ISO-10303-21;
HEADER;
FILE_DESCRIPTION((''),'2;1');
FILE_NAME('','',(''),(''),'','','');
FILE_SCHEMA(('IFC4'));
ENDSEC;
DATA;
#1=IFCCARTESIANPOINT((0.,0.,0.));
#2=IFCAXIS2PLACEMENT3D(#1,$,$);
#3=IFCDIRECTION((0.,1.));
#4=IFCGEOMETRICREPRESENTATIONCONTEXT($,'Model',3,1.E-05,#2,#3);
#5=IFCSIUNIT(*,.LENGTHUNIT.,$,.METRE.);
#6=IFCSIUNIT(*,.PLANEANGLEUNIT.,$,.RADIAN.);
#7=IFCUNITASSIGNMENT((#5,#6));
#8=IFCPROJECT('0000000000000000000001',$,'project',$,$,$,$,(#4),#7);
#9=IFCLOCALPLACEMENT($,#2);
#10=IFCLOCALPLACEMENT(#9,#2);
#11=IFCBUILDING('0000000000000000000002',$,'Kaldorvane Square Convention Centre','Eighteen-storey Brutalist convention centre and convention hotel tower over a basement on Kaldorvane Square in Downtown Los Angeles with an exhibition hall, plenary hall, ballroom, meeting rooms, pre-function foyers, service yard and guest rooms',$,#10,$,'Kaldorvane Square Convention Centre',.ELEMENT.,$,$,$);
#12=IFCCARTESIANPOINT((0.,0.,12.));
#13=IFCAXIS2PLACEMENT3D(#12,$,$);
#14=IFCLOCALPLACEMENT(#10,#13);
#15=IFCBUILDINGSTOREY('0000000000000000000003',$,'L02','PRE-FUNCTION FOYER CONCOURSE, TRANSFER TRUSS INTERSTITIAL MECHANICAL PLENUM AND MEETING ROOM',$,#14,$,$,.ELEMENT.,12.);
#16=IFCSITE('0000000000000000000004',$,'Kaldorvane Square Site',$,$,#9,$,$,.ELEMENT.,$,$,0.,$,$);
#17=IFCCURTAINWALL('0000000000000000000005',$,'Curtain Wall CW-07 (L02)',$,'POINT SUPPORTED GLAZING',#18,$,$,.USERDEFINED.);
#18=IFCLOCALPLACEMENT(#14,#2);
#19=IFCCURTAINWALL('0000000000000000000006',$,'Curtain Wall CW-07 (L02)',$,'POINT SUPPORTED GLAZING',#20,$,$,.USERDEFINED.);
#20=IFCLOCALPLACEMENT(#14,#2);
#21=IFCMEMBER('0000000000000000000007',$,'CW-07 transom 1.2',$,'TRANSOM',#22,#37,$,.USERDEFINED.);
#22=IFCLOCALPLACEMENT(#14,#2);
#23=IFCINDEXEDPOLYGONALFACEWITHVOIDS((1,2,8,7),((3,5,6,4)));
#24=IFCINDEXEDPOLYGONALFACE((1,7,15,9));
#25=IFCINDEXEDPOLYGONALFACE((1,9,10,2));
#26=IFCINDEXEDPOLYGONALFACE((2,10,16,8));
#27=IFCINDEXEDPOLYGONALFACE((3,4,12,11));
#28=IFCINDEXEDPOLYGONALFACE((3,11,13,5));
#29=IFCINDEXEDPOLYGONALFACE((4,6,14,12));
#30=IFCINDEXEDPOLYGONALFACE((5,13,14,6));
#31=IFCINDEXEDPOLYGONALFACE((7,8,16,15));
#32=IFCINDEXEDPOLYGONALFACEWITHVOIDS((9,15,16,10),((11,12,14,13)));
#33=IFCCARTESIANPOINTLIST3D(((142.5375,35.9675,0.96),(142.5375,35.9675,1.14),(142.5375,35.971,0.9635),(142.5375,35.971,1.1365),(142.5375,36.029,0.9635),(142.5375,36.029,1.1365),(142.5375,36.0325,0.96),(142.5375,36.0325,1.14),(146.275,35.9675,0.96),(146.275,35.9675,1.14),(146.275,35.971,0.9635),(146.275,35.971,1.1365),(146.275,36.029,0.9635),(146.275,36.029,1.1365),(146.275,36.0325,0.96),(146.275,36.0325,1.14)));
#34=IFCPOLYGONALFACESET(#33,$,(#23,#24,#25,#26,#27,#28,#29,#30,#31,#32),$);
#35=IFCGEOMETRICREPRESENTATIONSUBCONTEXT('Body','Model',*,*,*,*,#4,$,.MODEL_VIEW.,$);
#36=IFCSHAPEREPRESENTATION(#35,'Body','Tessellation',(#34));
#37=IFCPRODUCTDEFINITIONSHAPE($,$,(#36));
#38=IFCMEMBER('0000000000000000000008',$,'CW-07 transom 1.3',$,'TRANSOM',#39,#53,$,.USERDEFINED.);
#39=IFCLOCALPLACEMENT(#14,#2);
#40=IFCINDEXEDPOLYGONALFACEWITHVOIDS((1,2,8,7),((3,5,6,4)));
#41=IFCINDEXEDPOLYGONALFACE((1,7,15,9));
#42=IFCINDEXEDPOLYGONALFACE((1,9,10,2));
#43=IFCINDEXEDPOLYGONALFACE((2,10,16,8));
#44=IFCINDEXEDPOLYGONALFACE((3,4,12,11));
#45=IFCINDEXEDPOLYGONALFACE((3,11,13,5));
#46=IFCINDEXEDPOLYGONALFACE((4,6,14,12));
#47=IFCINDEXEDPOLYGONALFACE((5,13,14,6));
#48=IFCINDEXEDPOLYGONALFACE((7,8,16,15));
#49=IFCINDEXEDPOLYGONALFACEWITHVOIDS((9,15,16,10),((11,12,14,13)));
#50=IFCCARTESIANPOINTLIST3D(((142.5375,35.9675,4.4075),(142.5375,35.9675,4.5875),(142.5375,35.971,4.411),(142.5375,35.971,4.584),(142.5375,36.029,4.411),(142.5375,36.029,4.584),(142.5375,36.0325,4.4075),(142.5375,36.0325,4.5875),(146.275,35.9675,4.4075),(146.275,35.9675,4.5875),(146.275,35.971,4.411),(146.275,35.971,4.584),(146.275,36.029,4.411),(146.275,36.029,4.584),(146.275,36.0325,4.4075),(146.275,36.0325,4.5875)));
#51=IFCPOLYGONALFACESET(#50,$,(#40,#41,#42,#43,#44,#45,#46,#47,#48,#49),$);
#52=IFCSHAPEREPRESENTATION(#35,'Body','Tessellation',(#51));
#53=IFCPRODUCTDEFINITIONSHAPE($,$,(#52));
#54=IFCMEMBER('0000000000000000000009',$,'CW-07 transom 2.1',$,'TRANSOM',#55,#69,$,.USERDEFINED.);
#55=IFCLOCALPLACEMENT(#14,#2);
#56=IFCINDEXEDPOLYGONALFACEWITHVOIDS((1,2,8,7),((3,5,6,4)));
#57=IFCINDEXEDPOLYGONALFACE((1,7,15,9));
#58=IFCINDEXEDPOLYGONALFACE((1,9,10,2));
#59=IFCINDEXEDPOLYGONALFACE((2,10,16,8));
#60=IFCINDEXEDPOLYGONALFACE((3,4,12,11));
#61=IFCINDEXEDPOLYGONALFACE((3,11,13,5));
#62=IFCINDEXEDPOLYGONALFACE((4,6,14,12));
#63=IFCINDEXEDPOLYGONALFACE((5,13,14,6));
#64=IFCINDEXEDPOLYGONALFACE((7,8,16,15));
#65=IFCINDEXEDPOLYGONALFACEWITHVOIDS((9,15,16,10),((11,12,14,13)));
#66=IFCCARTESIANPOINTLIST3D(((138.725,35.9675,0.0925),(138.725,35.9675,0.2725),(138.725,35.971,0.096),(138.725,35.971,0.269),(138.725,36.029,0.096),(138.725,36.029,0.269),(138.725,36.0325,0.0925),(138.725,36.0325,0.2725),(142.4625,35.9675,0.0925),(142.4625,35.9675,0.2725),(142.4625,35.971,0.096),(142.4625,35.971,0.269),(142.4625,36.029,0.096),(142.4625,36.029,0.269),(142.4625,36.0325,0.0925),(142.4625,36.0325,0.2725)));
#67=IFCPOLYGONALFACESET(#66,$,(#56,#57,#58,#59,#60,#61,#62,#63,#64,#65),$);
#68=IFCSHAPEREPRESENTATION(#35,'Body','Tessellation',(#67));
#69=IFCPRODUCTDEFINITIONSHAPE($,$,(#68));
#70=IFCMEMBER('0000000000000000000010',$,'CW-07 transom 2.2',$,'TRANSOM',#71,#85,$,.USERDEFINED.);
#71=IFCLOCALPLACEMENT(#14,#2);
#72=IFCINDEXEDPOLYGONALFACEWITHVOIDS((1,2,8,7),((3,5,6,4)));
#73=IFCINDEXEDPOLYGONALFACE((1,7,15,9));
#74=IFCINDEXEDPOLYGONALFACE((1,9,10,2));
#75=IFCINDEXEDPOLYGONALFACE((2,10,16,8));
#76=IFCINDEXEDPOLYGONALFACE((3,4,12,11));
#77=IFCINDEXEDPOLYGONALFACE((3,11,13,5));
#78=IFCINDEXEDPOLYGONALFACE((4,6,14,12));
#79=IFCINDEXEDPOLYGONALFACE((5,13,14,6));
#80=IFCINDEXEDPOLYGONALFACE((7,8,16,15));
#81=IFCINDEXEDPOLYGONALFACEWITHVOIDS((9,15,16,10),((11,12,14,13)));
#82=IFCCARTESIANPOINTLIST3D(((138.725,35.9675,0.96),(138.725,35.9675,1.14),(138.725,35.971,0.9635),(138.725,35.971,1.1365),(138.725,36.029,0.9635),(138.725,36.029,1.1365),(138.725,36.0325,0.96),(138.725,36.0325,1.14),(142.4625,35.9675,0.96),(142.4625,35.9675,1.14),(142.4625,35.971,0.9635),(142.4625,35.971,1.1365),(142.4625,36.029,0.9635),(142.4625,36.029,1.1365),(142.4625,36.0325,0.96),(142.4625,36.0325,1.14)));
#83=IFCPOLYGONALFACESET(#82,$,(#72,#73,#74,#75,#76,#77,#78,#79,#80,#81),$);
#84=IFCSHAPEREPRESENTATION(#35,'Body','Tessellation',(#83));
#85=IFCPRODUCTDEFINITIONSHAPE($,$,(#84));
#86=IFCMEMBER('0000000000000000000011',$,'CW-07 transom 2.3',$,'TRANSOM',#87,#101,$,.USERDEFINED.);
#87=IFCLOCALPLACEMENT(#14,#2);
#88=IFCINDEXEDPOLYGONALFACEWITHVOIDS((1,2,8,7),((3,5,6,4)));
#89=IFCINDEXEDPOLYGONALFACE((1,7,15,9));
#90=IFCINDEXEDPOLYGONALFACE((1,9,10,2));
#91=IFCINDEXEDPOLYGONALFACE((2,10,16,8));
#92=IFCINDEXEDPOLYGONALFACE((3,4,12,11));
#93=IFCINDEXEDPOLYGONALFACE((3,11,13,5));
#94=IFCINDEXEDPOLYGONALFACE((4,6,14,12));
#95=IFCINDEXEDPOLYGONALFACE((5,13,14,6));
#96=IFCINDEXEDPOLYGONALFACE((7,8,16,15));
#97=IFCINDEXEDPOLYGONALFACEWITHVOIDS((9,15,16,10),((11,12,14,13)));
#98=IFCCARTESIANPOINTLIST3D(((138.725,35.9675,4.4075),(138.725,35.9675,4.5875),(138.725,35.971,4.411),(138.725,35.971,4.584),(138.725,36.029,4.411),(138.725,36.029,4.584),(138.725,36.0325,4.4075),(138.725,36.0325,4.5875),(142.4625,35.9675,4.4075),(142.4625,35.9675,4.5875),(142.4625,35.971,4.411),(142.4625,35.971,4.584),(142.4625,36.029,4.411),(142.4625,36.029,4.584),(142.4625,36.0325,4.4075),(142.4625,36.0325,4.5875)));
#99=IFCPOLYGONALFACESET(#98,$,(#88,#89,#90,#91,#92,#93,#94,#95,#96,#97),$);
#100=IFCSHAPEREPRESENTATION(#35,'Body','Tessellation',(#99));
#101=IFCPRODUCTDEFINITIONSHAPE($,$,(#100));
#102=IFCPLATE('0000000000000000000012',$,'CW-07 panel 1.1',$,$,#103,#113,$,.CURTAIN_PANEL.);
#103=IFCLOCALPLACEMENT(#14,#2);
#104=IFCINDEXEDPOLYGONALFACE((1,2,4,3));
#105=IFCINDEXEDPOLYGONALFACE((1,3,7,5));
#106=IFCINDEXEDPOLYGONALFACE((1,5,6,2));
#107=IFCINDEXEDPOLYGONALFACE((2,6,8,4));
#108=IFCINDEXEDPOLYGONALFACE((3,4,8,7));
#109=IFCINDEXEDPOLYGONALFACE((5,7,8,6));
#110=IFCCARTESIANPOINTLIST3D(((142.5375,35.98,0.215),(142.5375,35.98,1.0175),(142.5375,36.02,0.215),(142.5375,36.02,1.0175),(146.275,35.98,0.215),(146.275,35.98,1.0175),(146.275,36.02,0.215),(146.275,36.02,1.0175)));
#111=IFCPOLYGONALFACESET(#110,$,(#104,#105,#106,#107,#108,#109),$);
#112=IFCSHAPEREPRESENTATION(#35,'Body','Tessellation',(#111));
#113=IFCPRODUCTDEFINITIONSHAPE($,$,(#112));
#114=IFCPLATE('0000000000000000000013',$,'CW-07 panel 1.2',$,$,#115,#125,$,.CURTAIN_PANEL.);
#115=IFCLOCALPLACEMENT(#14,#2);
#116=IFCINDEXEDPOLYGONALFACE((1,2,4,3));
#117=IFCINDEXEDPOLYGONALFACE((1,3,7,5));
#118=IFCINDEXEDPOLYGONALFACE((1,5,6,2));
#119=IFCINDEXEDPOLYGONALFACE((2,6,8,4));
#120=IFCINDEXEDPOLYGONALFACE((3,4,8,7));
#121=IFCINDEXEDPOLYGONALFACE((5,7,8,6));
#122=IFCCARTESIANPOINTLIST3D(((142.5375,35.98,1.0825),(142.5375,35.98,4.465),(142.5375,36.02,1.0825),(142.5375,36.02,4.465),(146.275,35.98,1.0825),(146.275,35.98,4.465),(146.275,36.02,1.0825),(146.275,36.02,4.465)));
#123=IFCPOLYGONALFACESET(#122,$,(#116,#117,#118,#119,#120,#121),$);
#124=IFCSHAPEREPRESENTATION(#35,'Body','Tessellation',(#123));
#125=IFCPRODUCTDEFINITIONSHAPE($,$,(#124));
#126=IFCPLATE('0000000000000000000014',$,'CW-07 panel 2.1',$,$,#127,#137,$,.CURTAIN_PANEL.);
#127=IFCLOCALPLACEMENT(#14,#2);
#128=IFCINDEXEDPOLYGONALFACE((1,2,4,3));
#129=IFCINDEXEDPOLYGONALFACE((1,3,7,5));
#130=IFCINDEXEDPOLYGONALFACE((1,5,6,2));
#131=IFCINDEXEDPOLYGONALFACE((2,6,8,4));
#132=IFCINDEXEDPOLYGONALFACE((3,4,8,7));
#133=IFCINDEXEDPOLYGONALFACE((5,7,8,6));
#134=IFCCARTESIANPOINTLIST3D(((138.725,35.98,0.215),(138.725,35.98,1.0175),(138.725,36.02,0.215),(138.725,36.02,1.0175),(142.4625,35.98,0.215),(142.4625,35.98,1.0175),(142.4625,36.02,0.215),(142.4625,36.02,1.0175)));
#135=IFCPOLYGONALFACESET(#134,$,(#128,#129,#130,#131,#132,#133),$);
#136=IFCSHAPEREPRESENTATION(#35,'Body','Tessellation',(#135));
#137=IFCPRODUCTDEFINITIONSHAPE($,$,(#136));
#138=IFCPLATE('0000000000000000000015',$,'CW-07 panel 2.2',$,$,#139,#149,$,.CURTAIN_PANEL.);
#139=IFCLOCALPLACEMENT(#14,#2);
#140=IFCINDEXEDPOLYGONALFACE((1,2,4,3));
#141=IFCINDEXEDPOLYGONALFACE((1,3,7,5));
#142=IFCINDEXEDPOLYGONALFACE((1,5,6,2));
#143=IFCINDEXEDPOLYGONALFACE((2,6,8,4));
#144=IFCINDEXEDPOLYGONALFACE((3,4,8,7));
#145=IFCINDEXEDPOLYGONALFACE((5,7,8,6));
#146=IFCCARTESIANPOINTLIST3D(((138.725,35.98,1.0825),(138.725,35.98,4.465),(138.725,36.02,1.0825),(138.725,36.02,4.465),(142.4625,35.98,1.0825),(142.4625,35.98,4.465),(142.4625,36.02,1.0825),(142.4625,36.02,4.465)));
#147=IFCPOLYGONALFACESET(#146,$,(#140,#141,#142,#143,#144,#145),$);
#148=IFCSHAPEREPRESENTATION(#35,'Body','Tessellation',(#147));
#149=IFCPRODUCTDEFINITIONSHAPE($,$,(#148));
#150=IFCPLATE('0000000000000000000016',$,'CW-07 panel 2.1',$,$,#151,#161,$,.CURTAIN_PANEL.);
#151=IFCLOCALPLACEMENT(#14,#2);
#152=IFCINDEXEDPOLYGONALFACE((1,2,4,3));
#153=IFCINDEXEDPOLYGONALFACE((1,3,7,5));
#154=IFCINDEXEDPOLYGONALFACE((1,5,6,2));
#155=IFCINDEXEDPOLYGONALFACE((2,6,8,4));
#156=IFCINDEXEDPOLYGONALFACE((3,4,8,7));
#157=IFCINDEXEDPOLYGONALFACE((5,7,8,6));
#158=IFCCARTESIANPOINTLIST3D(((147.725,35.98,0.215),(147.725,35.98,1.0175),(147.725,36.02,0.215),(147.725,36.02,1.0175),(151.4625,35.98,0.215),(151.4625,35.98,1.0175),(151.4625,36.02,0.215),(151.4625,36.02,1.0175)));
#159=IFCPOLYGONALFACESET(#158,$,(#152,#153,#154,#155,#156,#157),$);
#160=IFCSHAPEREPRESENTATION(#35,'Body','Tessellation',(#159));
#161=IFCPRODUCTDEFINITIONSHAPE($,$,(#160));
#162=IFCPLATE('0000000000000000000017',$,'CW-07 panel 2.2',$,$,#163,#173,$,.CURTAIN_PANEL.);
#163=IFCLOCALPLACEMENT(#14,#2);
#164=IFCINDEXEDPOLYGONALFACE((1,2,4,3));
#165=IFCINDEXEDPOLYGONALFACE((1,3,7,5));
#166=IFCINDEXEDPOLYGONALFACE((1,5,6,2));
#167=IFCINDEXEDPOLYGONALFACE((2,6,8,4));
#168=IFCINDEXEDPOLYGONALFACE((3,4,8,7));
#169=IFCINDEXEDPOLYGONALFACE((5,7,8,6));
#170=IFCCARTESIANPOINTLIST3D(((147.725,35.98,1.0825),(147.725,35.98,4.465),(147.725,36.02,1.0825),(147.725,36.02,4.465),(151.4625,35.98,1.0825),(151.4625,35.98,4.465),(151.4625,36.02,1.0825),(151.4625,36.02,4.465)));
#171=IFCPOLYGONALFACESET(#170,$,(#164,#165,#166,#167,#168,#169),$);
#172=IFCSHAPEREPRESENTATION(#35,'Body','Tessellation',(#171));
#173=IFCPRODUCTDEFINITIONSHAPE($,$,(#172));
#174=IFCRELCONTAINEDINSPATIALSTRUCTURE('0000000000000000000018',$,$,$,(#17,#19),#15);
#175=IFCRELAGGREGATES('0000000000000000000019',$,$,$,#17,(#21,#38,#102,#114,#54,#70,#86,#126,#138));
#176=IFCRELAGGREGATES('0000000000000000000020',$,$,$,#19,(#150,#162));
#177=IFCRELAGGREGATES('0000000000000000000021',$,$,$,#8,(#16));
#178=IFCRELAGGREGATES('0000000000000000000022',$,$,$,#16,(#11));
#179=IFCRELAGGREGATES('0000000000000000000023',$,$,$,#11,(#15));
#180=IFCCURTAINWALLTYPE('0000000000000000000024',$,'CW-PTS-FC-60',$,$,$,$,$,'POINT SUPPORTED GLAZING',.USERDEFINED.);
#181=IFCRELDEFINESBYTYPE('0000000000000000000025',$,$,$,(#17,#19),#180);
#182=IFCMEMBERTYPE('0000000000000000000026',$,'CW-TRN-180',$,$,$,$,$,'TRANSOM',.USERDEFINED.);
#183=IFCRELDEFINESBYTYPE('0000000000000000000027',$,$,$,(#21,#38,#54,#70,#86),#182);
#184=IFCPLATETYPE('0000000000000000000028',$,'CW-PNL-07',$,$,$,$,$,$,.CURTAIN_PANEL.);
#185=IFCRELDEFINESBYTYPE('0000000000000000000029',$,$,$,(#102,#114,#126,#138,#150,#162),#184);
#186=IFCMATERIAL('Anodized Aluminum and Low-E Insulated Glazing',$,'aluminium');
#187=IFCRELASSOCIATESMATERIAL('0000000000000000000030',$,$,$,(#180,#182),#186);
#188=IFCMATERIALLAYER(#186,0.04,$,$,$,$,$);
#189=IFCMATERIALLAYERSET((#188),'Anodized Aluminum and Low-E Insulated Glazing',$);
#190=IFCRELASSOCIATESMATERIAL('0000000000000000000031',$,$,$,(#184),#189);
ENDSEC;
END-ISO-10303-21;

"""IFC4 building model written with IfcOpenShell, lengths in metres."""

from ifc_helpers import new_model, si_unit, direction, frame, origin, origin_2d, place, context, subcontext, project, spatial, rectangle, hollow_rectangle, extrude, material, layer, layer_set, material_profile, profile_set, type_object, element, aggregate, save


model = new_model("IFC4")

# Units and contexts
model_context = context("Model", 3, precision=1e-05, world=origin(), true_north=direction((0.0, 1.0)))
body_context = subcontext(model_context, "Body", "Model", "MODEL_VIEW")
ifc_project = project(units=[si_unit("LENGTHUNIT", "METRE"), si_unit("PLANEANGLEUNIT", "RADIAN")], contexts=[model_context])

# Site, building, storey
site_placement = place(None, origin())
site = spatial("IfcSite", under=ifc_project, at=site_placement, Name="Kaldorvane Square Site", CompositionType="ELEMENT", RefElevation=0.0)
building_placement = place(site_placement, origin())
building = spatial("IfcBuilding", under=site, at=building_placement, Name="Kaldorvane Square Convention Centre", Description="Eighteen-storey Brutalist convention centre and convention hotel tower over a basement on Kaldorvane Square in Downtown Los Angeles with an exhibition hall, plenary hall, ballroom, meeting rooms, pre-function foyers, service yard and guest rooms", LongName="Kaldorvane Square Convention Centre", CompositionType="ELEMENT")
storey_placement = place(building_placement, frame((0.0, 0.0, 12.0)))
storey = spatial("IfcBuildingStorey", under=building, at=storey_placement, Name="L02", Description="PRE-FUNCTION FOYER CONCOURSE, TRANSFER TRUSS INTERSTITIAL MECHANICAL PLENUM AND MEETING ROOM", CompositionType="ELEMENT", Elevation=12.0)

# Curtain wall
ifc_material_1 = material(Name="Anodized Aluminum and Low-E Insulated Glazing", Category="aluminium")
curtain_wall_type = type_object("IfcCurtainWallType", Name="CW-PTS-FC-60", ElementType="POINT SUPPORTED GLAZING", PredefinedType="USERDEFINED", material=ifc_material_1)
curtain_wall_1_placement = place(storey_placement, origin())
curtain_wall_1 = element("IfcCurtainWall", 1, at=curtain_wall_1_placement, inside=storey, type_object=curtain_wall_type, Name="Curtain Wall CW-07 (L02)", ObjectType="POINT SUPPORTED GLAZING", PredefinedType="USERDEFINED")

# Curtain wall
curtain_wall_2_placement = place(storey_placement, origin())
curtain_wall_2 = element("IfcCurtainWall", 2, at=curtain_wall_2_placement, inside=storey, type_object=curtain_wall_type, Name="Curtain Wall CW-07 (L02)", ObjectType="POINT SUPPORTED GLAZING", PredefinedType="USERDEFINED")

# Members
ifc_material_profile_1 = material_profile(ifc_material_1, hollow_rectangle(XDim=0.065, YDim=0.18, WallThickness=0.0035, at=origin_2d()), Name="CWT-180X65")
ifc_profile_set_1 = profile_set([ifc_material_profile_1], Name="Anodized Aluminum and Low-E Insulated Glazing")
member_type_1 = type_object("IfcMemberType", Name="CW-TRN-180", ElementType="TRANSOM", PredefinedType="USERDEFINED", material=ifc_profile_set_1)
member_1_placement = place(storey_placement, frame((146.275, 36.0, 1.05), z_axis=(-1.0, 0.0, 0.0), x_axis=(0.0, -1.0, 0.0)))
member_1 = element("IfcMember", 3, at=member_1_placement, type_object=member_type_1, Name="CW-07 transom 1.2", ObjectType="TRANSOM", PredefinedType="USERDEFINED", context=body_context, shape_type="SweptSolid", body=[
    extrude(hollow_rectangle(XDim=0.065, YDim=0.18, WallThickness=0.0035, at=origin_2d()), origin(), (0.0, 0.0, 1.0), 3.7375),
])
member_2_placement = place(storey_placement, frame((146.275, 36.0, 4.4975), z_axis=(-1.0, 0.0, 0.0), x_axis=(0.0, -1.0, 0.0)))
member_2 = element("IfcMember", 4, at=member_2_placement, type_object=member_type_1, Name="CW-07 transom 1.3", ObjectType="TRANSOM", PredefinedType="USERDEFINED", context=body_context, shape_type="SweptSolid", body=[
    extrude(hollow_rectangle(XDim=0.065, YDim=0.18, WallThickness=0.0035, at=origin_2d()), origin(), (0.0, 0.0, 1.0), 3.7375),
])
member_3_placement = place(storey_placement, frame((142.4625, 36.0, 0.1825), z_axis=(-1.0, 0.0, 0.0), x_axis=(0.0, -1.0, 0.0)))
member_3 = element("IfcMember", 5, at=member_3_placement, type_object=member_type_1, Name="CW-07 transom 2.1", ObjectType="TRANSOM", PredefinedType="USERDEFINED", context=body_context, shape_type="SweptSolid", body=[
    extrude(hollow_rectangle(XDim=0.065, YDim=0.18, WallThickness=0.0035, at=origin_2d()), origin(), (0.0, 0.0, 1.0), 3.7375),
])
member_4_placement = place(storey_placement, frame((142.4625, 36.0, 1.05), z_axis=(-1.0, 0.0, 0.0), x_axis=(0.0, -1.0, 0.0)))
member_4 = element("IfcMember", 6, at=member_4_placement, type_object=member_type_1, Name="CW-07 transom 2.2", ObjectType="TRANSOM", PredefinedType="USERDEFINED", context=body_context, shape_type="SweptSolid", body=[
    extrude(hollow_rectangle(XDim=0.065, YDim=0.18, WallThickness=0.0035, at=origin_2d()), origin(), (0.0, 0.0, 1.0), 3.7375),
])
member_5_placement = place(storey_placement, frame((142.4625, 36.0, 4.4975), z_axis=(-1.0, 0.0, 0.0), x_axis=(0.0, -1.0, 0.0)))
member_5 = element("IfcMember", 7, at=member_5_placement, type_object=member_type_1, Name="CW-07 transom 2.3", ObjectType="TRANSOM", PredefinedType="USERDEFINED", context=body_context, shape_type="SweptSolid", body=[
    extrude(hollow_rectangle(XDim=0.065, YDim=0.18, WallThickness=0.0035, at=origin_2d()), origin(), (0.0, 0.0, 1.0), 3.7375),
])

# Plates
ifc_layer_1 = layer(ifc_material_1, 0.04)
ifc_layer_set_1 = layer_set([ifc_layer_1], Name="Anodized Aluminum and Low-E Insulated Glazing")
plate_type = type_object("IfcPlateType", Name="CW-PNL-07", PredefinedType="CURTAIN_PANEL", material=ifc_layer_set_1)
plate_1_placement = place(storey_placement, frame((144.4062, 36.0, 0.215), z_axis=(0.0, 0.0, 1.0), x_axis=(-1.0, 0.0, 0.0)))
plate_1 = element("IfcPlate", 8, at=plate_1_placement, type_object=plate_type, Name="CW-07 panel 1.1", PredefinedType="CURTAIN_PANEL", context=body_context, shape_type="SweptSolid", body=[
    extrude(rectangle(XDim=3.7375, YDim=0.04, at=origin_2d()), origin(), (0.0, 0.0, 1.0), 0.8025),
])
plate_2_placement = place(storey_placement, frame((144.4062, 36.0, 1.0825), z_axis=(0.0, 0.0, 1.0), x_axis=(-1.0, 0.0, 0.0)))
plate_2 = element("IfcPlate", 9, at=plate_2_placement, type_object=plate_type, Name="CW-07 panel 1.2", PredefinedType="CURTAIN_PANEL", context=body_context, shape_type="SweptSolid", body=[
    extrude(rectangle(XDim=3.7375, YDim=0.04, at=origin_2d()), origin(), (0.0, 0.0, 1.0), 3.3825),
])
plate_3_placement = place(storey_placement, frame((140.5938, 36.0, 0.215), z_axis=(0.0, 0.0, 1.0), x_axis=(-1.0, 0.0, 0.0)))
plate_3 = element("IfcPlate", 10, at=plate_3_placement, type_object=plate_type, Name="CW-07 panel 2.1", PredefinedType="CURTAIN_PANEL", context=body_context, shape_type="SweptSolid", body=[
    extrude(rectangle(XDim=3.7375, YDim=0.04, at=origin_2d()), origin(), (0.0, 0.0, 1.0), 0.8025),
])
plate_4_placement = place(storey_placement, frame((140.5938, 36.0, 1.0825), z_axis=(0.0, 0.0, 1.0), x_axis=(-1.0, 0.0, 0.0)))
plate_4 = element("IfcPlate", 11, at=plate_4_placement, type_object=plate_type, Name="CW-07 panel 2.2", PredefinedType="CURTAIN_PANEL", context=body_context, shape_type="SweptSolid", body=[
    extrude(rectangle(XDim=3.7375, YDim=0.04, at=origin_2d()), origin(), (0.0, 0.0, 1.0), 3.3825),
])
aggregate(curtain_wall_1, [member_1, member_2, plate_1, plate_2, member_3, member_4, member_5, plate_3, plate_4])
plate_5_placement = place(storey_placement, frame((149.5938, 36.0, 0.215), z_axis=(0.0, 0.0, 1.0), x_axis=(-1.0, 0.0, 0.0)))
plate_5 = element("IfcPlate", 12, at=plate_5_placement, type_object=plate_type, Name="CW-07 panel 2.1", PredefinedType="CURTAIN_PANEL", context=body_context, shape_type="SweptSolid", body=[
    extrude(rectangle(XDim=3.7375, YDim=0.04, at=origin_2d()), origin(), (0.0, 0.0, 1.0), 0.8025),
])
plate_6_placement = place(storey_placement, frame((149.5938, 36.0, 1.0825), z_axis=(0.0, 0.0, 1.0), x_axis=(-1.0, 0.0, 0.0)))
plate_6 = element("IfcPlate", 13, at=plate_6_placement, type_object=plate_type, Name="CW-07 panel 2.2", PredefinedType="CURTAIN_PANEL", context=body_context, shape_type="SweptSolid", body=[
    extrude(rectangle(XDim=3.7375, YDim=0.04, at=origin_2d()), origin(), (0.0, 0.0, 1.0), 3.3825),
])
aggregate(curtain_wall_2, [plate_5, plate_6])

save(model, "model.ifc")
